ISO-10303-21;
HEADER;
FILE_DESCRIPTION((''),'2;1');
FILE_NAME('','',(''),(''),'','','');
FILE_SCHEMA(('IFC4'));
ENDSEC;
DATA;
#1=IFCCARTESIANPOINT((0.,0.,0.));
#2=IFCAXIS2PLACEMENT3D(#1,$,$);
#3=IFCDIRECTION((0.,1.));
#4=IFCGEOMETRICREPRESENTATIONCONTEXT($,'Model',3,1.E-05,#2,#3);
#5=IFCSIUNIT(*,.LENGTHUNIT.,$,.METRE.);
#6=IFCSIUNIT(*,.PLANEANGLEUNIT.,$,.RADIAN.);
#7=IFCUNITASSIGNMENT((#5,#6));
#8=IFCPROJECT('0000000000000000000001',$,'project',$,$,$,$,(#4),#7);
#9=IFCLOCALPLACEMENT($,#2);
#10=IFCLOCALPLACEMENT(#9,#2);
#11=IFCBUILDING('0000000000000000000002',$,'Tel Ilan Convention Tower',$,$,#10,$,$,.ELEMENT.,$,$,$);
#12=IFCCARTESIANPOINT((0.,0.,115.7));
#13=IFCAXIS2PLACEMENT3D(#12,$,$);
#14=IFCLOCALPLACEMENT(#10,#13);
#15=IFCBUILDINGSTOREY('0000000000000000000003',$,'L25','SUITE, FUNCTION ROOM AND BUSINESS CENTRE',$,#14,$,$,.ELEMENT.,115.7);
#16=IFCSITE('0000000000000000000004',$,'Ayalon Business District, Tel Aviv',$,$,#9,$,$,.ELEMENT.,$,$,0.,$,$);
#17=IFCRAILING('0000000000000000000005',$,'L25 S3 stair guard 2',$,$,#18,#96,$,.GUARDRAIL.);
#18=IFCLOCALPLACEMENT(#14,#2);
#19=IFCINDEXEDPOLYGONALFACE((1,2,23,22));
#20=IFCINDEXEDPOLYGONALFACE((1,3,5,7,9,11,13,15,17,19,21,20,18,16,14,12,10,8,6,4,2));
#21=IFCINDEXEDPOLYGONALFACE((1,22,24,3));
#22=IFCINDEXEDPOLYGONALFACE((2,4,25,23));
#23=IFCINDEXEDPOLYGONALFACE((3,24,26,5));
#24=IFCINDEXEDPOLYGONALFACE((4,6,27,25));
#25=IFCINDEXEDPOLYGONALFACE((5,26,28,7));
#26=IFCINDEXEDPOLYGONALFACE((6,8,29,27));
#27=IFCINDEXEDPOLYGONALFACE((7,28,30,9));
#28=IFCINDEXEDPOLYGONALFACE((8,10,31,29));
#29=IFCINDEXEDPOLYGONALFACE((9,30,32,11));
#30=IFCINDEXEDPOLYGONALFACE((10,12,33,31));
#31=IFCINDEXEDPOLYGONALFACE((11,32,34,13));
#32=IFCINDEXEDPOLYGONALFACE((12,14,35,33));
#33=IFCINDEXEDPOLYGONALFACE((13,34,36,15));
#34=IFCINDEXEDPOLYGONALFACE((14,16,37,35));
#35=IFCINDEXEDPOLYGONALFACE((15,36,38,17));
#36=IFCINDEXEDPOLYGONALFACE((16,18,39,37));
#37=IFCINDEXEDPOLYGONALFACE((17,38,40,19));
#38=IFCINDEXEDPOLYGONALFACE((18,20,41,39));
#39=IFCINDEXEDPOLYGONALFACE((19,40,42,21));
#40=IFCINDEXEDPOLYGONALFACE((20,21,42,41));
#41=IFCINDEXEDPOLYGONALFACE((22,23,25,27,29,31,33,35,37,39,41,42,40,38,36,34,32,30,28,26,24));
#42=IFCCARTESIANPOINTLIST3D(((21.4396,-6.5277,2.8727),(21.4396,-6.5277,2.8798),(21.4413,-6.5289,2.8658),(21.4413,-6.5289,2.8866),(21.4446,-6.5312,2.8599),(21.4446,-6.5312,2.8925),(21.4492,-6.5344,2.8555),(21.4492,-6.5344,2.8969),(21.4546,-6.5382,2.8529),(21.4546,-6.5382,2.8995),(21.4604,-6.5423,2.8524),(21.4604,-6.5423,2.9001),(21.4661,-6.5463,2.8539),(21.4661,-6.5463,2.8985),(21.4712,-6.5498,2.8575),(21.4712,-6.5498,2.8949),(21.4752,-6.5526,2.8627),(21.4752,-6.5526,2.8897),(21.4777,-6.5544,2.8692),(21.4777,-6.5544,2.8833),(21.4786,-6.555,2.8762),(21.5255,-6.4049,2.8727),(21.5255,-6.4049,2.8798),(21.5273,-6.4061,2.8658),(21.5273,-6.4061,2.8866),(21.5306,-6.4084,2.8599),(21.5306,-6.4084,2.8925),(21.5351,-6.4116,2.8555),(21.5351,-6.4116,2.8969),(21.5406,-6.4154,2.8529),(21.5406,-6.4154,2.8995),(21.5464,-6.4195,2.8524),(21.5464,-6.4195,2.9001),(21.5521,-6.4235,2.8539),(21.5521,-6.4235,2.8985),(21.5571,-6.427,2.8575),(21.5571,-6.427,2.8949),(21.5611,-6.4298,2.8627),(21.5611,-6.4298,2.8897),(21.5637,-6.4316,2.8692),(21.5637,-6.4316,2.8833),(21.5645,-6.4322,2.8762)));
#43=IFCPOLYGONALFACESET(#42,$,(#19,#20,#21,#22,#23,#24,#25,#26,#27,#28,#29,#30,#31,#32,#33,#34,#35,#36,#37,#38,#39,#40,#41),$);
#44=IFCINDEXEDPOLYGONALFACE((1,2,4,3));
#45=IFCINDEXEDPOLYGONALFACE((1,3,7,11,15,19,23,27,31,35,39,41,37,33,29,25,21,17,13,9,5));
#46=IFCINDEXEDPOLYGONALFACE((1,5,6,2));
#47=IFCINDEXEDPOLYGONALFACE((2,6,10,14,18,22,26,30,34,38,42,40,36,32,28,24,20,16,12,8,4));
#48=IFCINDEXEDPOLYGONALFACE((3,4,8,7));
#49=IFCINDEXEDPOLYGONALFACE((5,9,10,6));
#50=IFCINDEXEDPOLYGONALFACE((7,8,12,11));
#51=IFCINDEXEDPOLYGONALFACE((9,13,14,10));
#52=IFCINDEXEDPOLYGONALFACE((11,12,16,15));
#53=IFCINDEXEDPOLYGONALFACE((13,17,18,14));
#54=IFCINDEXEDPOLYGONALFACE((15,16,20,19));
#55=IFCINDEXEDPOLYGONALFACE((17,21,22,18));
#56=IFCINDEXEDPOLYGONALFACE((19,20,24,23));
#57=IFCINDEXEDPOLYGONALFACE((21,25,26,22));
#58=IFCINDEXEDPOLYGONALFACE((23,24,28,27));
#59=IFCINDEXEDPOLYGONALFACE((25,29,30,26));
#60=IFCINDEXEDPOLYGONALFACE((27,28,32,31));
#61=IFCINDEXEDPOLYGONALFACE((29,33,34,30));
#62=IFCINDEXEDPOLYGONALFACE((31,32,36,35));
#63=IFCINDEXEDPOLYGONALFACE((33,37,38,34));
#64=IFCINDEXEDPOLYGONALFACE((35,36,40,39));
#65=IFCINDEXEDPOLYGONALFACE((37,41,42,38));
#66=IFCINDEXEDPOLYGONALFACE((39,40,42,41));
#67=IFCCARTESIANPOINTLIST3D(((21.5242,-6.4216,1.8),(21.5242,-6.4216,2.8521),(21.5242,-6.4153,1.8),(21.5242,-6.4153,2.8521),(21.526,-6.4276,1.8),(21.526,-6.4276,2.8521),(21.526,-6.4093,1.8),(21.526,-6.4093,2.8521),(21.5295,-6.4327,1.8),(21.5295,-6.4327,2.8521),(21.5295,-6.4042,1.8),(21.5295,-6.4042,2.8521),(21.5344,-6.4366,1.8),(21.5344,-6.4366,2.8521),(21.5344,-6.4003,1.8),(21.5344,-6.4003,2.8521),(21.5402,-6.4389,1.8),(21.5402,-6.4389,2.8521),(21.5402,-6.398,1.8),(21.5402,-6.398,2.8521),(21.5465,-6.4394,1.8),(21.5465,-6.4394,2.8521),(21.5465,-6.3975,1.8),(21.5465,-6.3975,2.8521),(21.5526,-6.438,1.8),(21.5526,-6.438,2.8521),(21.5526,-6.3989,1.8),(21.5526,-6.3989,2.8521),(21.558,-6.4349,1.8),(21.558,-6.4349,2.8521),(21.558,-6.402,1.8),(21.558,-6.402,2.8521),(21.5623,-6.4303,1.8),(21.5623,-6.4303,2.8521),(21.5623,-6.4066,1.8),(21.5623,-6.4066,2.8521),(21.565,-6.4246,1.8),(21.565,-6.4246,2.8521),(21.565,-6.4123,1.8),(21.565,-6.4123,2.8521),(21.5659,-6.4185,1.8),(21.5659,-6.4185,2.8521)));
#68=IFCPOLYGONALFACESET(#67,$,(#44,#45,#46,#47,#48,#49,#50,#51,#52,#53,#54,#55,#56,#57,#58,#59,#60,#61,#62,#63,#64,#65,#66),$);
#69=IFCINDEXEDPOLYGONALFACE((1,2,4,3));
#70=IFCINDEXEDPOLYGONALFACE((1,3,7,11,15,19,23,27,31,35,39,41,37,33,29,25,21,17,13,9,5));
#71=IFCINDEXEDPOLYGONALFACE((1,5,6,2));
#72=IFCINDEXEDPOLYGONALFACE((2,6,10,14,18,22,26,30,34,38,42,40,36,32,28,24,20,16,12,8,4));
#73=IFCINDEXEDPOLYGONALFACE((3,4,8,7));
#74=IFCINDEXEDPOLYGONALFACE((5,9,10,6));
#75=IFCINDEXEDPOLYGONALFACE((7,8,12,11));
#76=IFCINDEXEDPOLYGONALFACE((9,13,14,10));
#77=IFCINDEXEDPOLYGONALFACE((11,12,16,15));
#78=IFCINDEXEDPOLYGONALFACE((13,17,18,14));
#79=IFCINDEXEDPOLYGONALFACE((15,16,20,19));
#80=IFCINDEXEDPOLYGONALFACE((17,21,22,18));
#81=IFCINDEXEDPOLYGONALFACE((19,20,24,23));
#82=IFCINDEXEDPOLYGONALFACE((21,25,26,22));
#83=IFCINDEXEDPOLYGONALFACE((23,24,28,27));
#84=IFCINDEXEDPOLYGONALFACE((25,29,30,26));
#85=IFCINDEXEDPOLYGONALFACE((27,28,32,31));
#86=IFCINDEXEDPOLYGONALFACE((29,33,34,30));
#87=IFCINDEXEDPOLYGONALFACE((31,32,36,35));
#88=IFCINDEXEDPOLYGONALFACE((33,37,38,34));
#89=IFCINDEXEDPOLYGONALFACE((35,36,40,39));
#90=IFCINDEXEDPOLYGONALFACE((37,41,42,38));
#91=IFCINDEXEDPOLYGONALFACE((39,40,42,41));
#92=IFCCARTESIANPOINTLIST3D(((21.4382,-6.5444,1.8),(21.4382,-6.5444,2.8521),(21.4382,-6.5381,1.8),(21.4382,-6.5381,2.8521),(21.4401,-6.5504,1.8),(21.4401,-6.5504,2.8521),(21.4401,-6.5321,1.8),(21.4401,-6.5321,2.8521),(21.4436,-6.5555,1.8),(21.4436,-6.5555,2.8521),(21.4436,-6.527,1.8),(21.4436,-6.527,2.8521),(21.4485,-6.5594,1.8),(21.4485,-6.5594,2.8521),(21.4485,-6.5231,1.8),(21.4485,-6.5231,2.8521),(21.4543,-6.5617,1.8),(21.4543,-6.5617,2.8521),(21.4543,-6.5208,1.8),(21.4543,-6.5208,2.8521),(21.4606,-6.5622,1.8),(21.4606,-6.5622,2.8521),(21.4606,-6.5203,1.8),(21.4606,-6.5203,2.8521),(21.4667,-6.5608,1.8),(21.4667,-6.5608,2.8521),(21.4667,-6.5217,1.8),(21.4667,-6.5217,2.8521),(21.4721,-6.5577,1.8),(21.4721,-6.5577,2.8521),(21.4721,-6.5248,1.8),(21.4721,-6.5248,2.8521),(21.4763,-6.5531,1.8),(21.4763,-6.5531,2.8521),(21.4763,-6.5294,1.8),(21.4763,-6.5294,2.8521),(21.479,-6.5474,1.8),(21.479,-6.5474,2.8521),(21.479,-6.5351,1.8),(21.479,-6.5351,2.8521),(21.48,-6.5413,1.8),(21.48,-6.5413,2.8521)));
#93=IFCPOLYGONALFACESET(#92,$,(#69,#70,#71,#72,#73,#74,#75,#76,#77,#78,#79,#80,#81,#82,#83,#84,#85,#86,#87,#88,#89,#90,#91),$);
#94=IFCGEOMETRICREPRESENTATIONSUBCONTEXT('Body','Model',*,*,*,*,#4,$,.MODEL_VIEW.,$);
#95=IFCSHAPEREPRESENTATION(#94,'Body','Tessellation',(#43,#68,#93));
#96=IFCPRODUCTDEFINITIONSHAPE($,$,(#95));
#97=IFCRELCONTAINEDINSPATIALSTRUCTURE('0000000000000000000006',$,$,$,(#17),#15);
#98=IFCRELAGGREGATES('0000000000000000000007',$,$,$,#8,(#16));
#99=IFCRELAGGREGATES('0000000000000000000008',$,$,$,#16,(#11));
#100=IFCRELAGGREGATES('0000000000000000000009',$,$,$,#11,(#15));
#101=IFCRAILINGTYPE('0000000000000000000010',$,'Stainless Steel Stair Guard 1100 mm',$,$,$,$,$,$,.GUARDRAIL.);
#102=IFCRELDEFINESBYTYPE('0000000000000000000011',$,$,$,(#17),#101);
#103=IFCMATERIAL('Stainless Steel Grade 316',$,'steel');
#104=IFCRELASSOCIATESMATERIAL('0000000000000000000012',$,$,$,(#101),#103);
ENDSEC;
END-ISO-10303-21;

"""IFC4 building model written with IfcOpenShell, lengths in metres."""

from ifc_helpers import new_model, si_unit, direction, frame, origin, origin_2d, place, context, subcontext, project, spatial, circle, extrude, material, type_object, element, save


model = new_model("IFC4")

# Units and contexts
model_context = context("Model", 3, precision=1e-05, world=origin(), true_north=direction((0.0, 1.0)))
body_context = subcontext(model_context, "Body", "Model", "MODEL_VIEW")
ifc_project = project(units=[si_unit("LENGTHUNIT", "METRE"), si_unit("PLANEANGLEUNIT", "RADIAN")], contexts=[model_context])

# Site, building, storey
site_placement = place(None, origin())
site = spatial("IfcSite", under=ifc_project, at=site_placement, Name="Ayalon Business District, Tel Aviv", CompositionType="ELEMENT", RefElevation=0.0)
building_placement = place(site_placement, origin())
building = spatial("IfcBuilding", under=site, at=building_placement, Name="Tel Ilan Convention Tower", CompositionType="ELEMENT")
storey_placement = place(building_placement, frame((0.0, 0.0, 115.7)))
storey = spatial("IfcBuildingStorey", under=building, at=storey_placement, Name="L25", Description="SUITE, FUNCTION ROOM AND BUSINESS CENTRE", CompositionType="ELEMENT", Elevation=115.7)

# Railing
ifc_material_1 = material(Name="Stainless Steel Grade 316", Category="steel")
railing_type_1 = type_object("IfcRailingType", Name="Stainless Steel Stair Guard 1100 mm", PredefinedType="GUARDRAIL", material=ifc_material_1)
railing_1_placement = place(storey_placement, frame((21.5449, -6.4185, 1.8)))
element("IfcRailing", 1, at=railing_1_placement, inside=storey, type_object=railing_type_1, Name="L25 S3 stair guard 2", PredefinedType="GUARDRAIL", context=body_context, shape_type="SweptSolid", body=[
    extrude(circle(Radius=0.0239, at=origin_2d()), frame((0.0, 0.0, 1.0762), z_axis=(-0.573353, -0.819308, 0.0), x_axis=(0.819308, -0.573353, 0.0)), (0.0, 0.0, 1.0), 0.1499),
    extrude(circle(Radius=0.021, at=origin_2d()), origin(), (0.0, 0.0, 1.0), 1.052),
    extrude(circle(Radius=0.021, at=origin_2d()), frame((-0.0859, -0.1228, 0.0)), (0.0, 0.0, 1.0), 1.052),
])

save(model, "model.ifc")
